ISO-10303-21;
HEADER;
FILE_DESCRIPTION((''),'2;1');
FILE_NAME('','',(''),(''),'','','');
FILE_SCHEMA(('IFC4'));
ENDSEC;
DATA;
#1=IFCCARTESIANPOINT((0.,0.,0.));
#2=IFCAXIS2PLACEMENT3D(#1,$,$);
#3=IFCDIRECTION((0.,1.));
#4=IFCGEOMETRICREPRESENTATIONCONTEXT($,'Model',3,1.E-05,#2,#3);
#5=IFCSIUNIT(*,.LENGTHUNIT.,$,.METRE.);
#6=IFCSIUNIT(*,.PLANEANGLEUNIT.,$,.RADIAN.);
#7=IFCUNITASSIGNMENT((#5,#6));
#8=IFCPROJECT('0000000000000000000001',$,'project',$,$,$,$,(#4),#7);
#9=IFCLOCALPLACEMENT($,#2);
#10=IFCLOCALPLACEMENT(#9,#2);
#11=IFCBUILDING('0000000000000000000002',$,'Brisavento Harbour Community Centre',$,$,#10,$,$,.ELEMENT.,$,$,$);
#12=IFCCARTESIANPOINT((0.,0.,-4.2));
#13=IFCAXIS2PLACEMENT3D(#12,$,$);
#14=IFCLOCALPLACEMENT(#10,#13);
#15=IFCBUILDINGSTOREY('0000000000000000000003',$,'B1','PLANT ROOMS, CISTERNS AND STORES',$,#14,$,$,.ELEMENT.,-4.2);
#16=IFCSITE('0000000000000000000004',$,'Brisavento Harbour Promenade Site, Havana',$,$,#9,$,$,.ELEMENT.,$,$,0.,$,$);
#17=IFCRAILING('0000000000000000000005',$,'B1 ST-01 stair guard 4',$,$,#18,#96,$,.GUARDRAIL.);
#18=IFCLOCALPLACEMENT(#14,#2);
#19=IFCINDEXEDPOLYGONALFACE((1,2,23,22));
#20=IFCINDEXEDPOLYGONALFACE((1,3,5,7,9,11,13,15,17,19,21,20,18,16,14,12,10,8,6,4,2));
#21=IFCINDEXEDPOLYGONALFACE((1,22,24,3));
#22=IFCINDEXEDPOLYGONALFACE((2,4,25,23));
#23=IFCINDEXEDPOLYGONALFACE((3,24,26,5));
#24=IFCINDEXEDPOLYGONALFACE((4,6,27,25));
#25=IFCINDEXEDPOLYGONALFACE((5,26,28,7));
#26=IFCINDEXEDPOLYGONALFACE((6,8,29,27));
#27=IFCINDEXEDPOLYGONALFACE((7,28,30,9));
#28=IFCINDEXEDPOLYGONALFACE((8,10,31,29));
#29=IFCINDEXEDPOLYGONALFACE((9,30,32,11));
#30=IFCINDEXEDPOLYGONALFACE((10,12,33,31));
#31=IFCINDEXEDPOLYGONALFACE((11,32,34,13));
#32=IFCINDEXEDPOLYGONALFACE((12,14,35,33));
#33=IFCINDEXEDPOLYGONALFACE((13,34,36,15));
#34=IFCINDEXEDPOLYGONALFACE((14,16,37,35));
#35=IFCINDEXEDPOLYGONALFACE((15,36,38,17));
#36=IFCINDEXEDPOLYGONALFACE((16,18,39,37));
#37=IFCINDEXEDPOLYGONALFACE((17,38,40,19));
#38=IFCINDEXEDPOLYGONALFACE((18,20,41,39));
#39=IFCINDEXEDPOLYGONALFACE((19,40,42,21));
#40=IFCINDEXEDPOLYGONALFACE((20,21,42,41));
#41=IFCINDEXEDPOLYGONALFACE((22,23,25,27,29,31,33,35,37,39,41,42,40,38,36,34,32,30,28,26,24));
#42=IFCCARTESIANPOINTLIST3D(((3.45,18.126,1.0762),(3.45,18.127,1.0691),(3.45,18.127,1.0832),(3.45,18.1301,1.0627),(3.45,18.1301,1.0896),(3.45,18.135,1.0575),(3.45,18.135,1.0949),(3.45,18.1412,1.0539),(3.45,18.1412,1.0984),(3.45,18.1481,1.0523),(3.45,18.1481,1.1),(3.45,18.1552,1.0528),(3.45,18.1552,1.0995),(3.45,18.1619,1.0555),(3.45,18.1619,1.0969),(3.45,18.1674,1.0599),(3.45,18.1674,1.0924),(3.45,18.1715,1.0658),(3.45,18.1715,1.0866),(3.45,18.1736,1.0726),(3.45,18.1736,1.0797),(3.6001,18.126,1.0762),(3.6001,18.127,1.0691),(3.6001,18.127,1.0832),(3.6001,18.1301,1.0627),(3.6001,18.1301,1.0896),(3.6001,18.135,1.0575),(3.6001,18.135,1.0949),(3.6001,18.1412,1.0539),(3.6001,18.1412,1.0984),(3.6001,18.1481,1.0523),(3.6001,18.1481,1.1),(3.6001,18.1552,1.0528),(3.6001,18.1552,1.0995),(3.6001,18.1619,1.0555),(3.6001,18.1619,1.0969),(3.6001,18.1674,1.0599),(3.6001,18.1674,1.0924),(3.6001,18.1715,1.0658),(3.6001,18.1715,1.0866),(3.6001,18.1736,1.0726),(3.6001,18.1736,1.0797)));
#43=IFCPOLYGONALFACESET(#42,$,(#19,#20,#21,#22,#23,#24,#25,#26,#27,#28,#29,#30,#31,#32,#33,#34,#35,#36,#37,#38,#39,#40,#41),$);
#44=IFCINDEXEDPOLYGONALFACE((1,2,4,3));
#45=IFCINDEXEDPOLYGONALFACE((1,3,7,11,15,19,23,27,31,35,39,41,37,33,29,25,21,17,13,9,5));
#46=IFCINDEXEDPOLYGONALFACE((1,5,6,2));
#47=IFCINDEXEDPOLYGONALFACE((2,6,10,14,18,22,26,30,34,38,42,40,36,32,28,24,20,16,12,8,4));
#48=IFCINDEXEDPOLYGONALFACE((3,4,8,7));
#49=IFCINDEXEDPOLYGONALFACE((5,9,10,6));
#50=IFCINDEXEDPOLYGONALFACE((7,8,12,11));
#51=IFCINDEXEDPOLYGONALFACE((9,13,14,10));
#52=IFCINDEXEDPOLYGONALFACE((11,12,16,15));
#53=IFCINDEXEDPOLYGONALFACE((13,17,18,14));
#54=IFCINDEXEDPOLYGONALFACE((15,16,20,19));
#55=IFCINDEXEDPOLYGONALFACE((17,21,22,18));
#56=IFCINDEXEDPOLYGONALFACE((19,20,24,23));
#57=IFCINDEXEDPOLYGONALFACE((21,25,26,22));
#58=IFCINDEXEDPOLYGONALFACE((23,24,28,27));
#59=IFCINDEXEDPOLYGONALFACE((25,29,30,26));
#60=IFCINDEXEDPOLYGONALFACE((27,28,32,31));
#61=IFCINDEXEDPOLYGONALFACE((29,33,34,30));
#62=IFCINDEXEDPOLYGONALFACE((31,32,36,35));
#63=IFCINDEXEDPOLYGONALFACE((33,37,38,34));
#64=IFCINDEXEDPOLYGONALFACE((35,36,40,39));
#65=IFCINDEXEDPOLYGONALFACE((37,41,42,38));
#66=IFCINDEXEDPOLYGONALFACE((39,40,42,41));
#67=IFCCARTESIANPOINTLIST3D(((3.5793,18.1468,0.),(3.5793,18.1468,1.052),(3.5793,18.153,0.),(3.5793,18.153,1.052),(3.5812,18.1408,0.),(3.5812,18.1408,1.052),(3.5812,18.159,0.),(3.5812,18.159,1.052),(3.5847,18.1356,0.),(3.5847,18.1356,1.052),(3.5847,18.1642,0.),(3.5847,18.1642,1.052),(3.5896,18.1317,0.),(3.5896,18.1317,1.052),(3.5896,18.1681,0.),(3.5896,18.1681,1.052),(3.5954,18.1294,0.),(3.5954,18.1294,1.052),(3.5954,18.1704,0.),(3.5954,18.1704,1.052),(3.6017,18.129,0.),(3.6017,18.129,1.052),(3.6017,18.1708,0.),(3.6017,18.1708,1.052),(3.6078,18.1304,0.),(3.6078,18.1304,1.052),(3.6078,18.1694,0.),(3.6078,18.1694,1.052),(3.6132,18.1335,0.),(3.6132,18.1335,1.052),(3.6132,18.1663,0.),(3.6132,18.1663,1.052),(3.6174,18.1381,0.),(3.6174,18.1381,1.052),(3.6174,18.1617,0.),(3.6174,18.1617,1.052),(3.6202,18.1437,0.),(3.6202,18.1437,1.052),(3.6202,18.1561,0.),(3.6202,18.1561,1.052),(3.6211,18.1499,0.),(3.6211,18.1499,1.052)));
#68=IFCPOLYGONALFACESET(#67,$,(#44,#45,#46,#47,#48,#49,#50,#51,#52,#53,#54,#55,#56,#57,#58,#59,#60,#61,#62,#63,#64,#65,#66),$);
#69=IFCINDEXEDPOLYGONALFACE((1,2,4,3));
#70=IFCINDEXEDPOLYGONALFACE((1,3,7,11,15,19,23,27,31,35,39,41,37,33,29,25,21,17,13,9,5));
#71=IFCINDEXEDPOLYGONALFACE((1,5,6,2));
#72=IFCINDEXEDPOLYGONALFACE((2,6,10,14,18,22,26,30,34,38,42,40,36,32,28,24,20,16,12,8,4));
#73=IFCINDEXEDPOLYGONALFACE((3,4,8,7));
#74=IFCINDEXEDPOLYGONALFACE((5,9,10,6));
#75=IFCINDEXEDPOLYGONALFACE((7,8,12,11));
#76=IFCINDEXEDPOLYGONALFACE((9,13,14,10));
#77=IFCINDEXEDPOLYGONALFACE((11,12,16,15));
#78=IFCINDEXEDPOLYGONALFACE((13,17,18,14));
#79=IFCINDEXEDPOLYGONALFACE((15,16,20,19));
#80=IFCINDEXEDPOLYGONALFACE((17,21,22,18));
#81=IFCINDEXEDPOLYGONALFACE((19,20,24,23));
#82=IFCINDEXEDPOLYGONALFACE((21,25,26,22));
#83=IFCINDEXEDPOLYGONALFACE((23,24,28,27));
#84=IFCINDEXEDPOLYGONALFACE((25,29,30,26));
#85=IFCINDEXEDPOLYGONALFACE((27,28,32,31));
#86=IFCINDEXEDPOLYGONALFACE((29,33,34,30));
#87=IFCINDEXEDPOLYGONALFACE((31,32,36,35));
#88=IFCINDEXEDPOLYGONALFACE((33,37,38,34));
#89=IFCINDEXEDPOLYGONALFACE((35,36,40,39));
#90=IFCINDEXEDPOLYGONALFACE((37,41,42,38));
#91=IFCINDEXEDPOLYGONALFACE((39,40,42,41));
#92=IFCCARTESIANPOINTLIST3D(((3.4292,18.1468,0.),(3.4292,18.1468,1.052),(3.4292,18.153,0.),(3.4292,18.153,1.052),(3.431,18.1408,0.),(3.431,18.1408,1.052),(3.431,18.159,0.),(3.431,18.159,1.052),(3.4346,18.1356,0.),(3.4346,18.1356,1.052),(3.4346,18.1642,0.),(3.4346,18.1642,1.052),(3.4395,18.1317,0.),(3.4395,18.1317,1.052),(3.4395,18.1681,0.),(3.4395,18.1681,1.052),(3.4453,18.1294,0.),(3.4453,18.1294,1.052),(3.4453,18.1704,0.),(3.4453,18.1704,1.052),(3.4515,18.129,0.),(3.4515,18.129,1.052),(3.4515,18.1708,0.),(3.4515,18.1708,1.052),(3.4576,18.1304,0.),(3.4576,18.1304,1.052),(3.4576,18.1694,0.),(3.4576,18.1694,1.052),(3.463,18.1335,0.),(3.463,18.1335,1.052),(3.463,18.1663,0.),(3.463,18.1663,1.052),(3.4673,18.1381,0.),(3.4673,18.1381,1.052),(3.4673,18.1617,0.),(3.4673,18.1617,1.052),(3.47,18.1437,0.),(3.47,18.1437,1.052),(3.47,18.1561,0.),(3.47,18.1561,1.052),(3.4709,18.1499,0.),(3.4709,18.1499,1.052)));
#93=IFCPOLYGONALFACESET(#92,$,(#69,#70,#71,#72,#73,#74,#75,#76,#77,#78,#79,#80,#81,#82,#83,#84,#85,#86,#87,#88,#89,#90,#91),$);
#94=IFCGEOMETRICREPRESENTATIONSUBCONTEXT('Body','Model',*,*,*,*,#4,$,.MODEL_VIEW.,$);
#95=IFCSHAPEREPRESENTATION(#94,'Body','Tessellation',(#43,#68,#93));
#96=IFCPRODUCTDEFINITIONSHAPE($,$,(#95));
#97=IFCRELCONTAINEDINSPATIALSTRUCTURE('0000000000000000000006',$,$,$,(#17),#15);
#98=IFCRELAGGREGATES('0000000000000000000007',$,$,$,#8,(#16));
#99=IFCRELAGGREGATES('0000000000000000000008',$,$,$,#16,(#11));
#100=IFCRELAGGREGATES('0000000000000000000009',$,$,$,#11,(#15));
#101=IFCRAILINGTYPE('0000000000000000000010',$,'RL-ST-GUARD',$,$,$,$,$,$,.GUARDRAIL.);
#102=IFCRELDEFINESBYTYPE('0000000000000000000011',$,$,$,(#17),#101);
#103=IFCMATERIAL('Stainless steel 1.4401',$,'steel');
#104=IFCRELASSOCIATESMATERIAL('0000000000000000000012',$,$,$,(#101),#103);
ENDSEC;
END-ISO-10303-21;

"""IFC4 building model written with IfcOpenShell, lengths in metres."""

from ifc_helpers import new_model, si_unit, direction, frame, origin, origin_2d, place, context, subcontext, project, spatial, circle, extrude, material, type_object, element, save


model = new_model("IFC4")

# Units and contexts
model_context = context("Model", 3, precision=1e-05, world=origin(), true_north=direction((0.0, 1.0)))
body_context = subcontext(model_context, "Body", "Model", "MODEL_VIEW")
ifc_project = project(units=[si_unit("LENGTHUNIT", "METRE"), si_unit("PLANEANGLEUNIT", "RADIAN")], contexts=[model_context])

# Site, building, storey
site_placement = place(None, origin())
site = spatial("IfcSite", under=ifc_project, at=site_placement, Name="Brisavento Harbour Promenade Site, Havana", CompositionType="ELEMENT", RefElevation=0.0)
building_placement = place(site_placement, origin())
building = spatial("IfcBuilding", under=site, at=building_placement, Name="Brisavento Harbour Community Centre", CompositionType="ELEMENT")
storey_placement = place(building_placement, frame((0.0, 0.0, -4.2)))
storey = spatial("IfcBuildingStorey", under=building, at=storey_placement, Name="B1", Description="PLANT ROOMS, CISTERNS AND STORES", CompositionType="ELEMENT", Elevation=-4.2)

# Shared definitions
ifc_material_1 = material(Name="Stainless steel 1.4401", Category="steel")

# Railing
railing_type_1 = type_object("IfcRailingType", Name="RL-ST-GUARD", PredefinedType="GUARDRAIL", material=ifc_material_1)
railing_1_placement = place(storey_placement, frame((3.6001, 18.1499, 0.0)))
element("IfcRailing", 1, at=railing_1_placement, inside=storey, type_object=railing_type_1, Name="B1 ST-01 stair guard 4", PredefinedType="GUARDRAIL", context=body_context, shape_type="SweptSolid", body=[
    extrude(circle(Radius=0.0239, at=origin_2d()), frame((0.0, 0.0, 1.0762), z_axis=(-1.0, 0.0, 0.0), x_axis=(0.0, -1.0, 0.0)), (0.0, 0.0, 1.0), 0.1501),
    extrude(circle(Radius=0.021, at=origin_2d()), origin(), (0.0, 0.0, 1.0), 1.052),
    extrude(circle(Radius=0.021, at=origin_2d()), frame((-0.1501, 0.0, 0.0)), (0.0, 0.0, 1.0), 1.052),
])

save(model, "model.ifc")
